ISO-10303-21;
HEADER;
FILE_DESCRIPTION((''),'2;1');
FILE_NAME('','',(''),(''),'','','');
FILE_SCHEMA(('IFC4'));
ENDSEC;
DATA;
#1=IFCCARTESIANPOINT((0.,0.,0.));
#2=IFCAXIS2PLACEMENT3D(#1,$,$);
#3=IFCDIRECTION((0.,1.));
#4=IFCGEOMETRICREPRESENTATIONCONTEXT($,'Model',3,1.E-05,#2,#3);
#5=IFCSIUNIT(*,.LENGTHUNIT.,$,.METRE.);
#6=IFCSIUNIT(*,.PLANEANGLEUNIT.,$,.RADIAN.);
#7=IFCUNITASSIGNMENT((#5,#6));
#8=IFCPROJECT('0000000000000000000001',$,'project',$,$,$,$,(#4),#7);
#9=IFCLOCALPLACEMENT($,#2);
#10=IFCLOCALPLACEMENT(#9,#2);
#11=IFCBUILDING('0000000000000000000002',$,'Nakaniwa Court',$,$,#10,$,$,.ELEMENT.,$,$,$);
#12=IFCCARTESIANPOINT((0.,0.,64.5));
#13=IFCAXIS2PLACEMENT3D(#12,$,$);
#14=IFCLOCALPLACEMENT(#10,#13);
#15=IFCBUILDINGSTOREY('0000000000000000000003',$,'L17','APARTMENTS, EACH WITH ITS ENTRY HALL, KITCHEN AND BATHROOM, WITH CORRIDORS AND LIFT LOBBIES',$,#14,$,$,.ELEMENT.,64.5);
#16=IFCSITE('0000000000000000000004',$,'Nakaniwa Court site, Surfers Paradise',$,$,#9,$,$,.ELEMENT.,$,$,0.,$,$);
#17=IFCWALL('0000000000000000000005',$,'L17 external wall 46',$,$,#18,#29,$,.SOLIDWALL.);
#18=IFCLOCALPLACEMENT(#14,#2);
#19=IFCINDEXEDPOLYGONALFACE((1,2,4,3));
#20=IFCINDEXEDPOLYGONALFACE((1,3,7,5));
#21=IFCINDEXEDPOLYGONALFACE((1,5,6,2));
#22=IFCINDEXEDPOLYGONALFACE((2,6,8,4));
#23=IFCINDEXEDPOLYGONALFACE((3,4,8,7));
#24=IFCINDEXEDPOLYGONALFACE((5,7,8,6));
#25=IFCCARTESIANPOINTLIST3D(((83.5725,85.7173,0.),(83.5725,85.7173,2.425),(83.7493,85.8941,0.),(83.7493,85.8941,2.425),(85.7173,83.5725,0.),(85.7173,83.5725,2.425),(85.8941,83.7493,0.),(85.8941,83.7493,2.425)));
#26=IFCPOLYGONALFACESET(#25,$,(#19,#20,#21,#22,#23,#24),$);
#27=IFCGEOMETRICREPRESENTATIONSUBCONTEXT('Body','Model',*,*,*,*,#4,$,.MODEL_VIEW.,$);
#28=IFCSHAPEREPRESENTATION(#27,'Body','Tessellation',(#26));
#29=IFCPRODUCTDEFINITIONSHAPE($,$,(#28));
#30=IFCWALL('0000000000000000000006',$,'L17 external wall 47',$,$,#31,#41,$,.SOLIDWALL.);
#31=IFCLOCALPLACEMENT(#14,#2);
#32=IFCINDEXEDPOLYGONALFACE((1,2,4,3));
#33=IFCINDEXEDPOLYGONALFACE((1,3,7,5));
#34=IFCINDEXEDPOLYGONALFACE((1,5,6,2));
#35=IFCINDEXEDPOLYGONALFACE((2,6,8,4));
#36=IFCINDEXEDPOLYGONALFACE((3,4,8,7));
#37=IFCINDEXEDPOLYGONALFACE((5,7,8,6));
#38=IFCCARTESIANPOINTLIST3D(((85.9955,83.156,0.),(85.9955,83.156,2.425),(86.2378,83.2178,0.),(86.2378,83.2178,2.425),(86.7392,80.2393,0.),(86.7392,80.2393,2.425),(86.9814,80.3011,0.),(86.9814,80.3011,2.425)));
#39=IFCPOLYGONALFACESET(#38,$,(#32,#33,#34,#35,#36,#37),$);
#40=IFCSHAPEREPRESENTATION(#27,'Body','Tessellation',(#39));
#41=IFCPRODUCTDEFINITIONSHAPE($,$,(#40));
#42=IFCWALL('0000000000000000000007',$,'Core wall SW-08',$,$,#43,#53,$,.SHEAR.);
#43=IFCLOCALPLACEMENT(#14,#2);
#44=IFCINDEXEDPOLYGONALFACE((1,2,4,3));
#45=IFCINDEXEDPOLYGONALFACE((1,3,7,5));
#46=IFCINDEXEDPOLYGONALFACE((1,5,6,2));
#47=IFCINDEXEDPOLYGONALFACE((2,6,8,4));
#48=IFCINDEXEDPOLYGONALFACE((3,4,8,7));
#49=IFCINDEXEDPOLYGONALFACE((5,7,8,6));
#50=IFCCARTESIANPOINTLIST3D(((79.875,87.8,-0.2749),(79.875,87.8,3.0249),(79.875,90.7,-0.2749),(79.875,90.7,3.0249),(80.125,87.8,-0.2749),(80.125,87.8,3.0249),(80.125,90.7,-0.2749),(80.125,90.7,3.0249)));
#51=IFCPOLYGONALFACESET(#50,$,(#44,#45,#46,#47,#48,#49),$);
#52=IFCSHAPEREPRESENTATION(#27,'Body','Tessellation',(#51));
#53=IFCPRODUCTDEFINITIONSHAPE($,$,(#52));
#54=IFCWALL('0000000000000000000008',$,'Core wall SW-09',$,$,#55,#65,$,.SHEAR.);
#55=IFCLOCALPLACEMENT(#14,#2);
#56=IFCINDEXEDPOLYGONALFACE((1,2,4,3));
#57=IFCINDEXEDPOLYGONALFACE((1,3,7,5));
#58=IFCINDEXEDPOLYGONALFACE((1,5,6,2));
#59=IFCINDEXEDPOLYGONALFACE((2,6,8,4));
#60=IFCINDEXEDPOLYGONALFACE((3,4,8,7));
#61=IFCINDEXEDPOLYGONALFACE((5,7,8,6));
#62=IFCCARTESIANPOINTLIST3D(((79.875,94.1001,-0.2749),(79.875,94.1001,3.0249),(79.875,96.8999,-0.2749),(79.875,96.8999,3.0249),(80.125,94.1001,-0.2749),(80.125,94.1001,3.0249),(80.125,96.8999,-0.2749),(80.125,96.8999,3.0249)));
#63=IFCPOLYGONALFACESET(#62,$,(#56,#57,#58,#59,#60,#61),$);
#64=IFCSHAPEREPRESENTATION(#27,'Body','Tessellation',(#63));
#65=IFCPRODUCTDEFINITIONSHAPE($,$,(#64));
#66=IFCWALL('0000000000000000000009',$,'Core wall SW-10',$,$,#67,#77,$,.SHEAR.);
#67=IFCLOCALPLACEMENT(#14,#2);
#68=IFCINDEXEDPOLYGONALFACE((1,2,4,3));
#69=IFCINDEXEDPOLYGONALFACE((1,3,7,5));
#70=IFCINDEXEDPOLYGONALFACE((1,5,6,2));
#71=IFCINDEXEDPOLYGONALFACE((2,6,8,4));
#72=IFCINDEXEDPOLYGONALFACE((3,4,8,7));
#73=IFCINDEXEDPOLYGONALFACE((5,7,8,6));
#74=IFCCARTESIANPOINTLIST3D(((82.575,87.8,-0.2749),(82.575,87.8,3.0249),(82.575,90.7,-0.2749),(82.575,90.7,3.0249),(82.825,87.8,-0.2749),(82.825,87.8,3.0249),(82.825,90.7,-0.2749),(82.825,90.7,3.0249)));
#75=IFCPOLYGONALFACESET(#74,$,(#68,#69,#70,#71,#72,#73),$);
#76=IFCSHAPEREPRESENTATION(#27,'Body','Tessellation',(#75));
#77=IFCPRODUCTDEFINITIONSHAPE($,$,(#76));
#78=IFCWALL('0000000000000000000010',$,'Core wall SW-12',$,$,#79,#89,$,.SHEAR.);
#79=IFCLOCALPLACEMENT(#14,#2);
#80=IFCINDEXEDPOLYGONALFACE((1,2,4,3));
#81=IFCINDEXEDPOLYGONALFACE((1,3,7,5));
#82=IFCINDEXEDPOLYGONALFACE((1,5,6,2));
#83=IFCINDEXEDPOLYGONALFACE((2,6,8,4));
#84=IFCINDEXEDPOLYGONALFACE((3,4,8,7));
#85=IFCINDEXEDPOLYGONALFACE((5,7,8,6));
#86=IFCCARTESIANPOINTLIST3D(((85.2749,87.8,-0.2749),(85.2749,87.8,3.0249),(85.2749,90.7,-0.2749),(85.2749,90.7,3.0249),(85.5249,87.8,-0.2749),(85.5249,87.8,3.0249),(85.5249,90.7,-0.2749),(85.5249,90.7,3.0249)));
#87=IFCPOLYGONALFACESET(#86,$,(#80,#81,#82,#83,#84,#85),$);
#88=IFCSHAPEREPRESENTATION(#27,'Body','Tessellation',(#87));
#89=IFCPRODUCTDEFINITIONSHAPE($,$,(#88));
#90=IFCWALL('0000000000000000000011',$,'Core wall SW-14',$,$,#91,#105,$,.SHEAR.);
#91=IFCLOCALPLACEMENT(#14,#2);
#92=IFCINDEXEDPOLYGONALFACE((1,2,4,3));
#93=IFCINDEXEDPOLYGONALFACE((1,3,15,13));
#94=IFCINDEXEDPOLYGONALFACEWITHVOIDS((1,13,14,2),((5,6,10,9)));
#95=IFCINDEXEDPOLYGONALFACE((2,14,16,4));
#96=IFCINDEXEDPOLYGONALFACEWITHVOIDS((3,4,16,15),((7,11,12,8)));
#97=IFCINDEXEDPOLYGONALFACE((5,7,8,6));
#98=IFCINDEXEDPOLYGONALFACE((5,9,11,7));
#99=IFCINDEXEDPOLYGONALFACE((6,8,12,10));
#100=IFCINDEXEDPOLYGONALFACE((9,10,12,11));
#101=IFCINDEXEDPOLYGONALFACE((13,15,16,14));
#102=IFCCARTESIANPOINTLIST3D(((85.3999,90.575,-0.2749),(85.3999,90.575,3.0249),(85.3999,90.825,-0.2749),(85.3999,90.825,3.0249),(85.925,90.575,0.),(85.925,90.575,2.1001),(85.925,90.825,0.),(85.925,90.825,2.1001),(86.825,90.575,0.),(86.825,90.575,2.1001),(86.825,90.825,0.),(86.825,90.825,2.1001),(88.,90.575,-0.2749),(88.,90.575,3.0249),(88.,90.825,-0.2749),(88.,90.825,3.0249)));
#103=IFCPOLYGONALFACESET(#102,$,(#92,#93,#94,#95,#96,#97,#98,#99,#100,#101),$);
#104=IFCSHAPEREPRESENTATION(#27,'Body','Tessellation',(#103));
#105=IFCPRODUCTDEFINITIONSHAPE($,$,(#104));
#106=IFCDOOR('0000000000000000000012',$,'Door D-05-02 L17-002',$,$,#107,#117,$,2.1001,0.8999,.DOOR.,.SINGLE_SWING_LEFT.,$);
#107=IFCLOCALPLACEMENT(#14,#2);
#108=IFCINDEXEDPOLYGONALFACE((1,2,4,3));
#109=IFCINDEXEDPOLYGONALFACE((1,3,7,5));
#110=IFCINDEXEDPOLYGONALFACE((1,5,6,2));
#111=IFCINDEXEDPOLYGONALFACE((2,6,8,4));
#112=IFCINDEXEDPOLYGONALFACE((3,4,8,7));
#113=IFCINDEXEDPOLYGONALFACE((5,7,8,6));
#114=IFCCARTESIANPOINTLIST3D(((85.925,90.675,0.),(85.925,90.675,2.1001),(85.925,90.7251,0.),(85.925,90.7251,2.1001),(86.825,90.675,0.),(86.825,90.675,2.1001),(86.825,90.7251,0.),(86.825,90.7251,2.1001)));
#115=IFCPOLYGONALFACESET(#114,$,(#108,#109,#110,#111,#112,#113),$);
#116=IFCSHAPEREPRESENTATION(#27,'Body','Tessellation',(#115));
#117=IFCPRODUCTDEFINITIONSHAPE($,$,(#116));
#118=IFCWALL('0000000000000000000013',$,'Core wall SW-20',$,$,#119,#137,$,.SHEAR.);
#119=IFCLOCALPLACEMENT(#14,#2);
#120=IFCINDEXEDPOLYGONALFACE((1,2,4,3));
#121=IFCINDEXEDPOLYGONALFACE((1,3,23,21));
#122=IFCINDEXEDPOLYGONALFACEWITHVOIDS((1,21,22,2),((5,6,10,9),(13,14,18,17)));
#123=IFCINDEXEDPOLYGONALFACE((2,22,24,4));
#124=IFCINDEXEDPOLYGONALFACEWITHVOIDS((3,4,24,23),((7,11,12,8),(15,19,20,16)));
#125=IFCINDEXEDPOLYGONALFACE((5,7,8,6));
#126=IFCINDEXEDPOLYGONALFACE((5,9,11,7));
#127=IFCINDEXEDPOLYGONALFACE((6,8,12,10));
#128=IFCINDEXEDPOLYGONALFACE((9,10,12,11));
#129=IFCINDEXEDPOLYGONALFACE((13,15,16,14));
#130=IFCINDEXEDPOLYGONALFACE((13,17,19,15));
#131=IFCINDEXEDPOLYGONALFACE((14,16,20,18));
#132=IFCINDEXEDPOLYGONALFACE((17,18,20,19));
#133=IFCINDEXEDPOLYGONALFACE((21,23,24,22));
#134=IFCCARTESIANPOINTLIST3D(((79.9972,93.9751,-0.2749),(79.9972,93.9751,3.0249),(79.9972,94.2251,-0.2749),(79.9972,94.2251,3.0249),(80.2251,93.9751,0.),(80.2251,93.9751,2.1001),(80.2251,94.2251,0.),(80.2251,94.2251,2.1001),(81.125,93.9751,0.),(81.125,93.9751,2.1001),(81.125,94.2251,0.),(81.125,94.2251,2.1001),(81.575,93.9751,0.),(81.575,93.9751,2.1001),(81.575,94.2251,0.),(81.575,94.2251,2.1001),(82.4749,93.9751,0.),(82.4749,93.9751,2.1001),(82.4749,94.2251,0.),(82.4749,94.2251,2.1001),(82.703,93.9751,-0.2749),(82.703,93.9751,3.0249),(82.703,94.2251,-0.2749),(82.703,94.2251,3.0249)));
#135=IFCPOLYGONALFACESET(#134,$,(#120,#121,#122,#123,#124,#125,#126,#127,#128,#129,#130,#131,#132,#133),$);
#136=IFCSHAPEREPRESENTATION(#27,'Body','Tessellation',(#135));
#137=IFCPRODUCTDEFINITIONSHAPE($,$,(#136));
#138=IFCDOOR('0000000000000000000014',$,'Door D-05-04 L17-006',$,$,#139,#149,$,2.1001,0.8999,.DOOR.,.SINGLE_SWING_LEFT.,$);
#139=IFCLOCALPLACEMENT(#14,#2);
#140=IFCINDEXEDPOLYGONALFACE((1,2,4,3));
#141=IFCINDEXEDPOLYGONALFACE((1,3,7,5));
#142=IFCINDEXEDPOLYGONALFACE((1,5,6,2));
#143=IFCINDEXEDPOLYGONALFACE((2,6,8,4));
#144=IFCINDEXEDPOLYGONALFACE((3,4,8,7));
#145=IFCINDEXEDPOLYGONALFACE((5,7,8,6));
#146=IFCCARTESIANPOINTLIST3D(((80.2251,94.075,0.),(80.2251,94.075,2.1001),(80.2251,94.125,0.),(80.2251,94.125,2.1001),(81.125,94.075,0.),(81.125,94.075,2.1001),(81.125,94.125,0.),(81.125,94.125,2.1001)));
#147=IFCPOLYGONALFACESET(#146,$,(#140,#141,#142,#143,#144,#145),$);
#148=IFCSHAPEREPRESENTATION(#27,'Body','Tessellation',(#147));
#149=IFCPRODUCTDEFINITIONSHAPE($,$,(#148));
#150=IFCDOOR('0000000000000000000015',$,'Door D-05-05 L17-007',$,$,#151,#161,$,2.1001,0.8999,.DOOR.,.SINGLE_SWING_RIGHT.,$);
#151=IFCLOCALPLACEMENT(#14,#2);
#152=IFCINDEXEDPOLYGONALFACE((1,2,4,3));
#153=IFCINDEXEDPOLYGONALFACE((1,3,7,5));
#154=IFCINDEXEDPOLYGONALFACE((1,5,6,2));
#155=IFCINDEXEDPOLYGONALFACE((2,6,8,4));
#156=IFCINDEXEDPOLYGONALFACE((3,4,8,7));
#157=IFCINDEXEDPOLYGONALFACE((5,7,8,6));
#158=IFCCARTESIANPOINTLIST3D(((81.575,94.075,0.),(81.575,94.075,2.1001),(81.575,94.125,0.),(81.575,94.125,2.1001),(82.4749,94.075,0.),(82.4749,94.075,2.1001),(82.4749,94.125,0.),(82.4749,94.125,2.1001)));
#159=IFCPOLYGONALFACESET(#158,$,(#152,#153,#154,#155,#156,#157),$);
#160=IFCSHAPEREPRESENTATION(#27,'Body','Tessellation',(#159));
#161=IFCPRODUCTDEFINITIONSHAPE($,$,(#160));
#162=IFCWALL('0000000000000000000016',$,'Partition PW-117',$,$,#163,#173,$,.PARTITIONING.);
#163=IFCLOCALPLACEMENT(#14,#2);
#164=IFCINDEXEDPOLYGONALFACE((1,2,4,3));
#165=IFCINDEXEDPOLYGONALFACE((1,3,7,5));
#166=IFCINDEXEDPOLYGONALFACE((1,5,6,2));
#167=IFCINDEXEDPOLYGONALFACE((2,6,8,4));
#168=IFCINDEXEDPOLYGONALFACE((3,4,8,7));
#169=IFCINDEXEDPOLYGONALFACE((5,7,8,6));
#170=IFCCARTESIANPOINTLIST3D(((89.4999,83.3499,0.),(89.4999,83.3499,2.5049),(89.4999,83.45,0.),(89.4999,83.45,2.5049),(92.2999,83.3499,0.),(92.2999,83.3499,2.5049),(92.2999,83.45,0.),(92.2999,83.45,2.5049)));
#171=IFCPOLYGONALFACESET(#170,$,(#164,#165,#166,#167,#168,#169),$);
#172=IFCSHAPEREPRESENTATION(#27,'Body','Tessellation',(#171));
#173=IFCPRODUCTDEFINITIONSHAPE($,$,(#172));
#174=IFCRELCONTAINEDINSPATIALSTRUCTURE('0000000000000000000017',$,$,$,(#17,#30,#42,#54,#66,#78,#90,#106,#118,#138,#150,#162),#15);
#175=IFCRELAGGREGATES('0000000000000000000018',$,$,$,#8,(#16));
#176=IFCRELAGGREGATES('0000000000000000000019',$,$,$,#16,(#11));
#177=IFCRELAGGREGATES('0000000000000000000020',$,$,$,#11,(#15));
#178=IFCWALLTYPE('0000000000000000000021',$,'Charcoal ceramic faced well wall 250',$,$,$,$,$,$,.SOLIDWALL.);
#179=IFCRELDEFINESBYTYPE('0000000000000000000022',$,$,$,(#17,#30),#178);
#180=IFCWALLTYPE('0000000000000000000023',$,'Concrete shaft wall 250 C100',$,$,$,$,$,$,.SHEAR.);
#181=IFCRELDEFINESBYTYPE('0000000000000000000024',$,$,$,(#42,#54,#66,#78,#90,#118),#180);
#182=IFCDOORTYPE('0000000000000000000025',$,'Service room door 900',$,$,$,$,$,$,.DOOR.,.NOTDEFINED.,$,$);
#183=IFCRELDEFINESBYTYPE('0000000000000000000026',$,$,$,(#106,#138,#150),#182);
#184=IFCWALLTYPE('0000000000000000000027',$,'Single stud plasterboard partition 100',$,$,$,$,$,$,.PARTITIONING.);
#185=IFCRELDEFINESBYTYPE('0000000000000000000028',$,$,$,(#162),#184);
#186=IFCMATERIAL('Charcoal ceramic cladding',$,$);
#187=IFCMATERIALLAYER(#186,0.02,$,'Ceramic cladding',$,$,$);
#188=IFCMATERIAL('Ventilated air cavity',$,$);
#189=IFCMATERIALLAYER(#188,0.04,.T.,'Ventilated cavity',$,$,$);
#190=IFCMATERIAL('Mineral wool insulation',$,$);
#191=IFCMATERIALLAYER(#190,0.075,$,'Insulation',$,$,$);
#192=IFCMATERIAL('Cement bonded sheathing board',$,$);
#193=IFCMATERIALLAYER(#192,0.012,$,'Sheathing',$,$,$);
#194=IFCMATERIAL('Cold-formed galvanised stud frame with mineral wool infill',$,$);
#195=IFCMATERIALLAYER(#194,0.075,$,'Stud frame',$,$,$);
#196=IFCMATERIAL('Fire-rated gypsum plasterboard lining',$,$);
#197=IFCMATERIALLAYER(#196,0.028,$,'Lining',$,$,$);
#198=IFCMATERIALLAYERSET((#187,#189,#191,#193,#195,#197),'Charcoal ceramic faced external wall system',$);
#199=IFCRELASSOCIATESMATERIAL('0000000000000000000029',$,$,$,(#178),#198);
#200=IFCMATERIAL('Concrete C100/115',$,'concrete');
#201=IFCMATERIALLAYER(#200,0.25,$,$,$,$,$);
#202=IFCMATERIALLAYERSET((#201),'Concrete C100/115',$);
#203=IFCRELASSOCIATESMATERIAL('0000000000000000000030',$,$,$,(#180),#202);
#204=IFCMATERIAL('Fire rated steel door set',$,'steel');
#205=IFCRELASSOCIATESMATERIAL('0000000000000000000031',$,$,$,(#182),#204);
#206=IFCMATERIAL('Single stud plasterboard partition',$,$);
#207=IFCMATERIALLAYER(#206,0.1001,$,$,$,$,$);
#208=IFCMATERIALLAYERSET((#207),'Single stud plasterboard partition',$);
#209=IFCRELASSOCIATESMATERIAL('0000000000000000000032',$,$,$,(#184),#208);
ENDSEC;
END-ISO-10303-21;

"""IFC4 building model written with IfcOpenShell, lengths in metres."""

from ifc_helpers import new_model, si_unit, direction, frame, frame_2d, origin, place, context, subcontext, project, spatial, rectangle, extrude, material, layer, layer_set, type_object, element, fill, save


model = new_model("IFC4")

# Units and contexts
model_context = context("Model", 3, precision=1e-05, world=origin(), true_north=direction((0.0, 1.0)))
body_context = subcontext(model_context, "Body", "Model", "MODEL_VIEW")
ifc_project = project(units=[si_unit("LENGTHUNIT", "METRE"), si_unit("PLANEANGLEUNIT", "RADIAN")], contexts=[model_context])

# Site, building, storey
site_placement = place(None, origin())
site = spatial("IfcSite", under=ifc_project, at=site_placement, Name="Nakaniwa Court site, Surfers Paradise", CompositionType="ELEMENT", RefElevation=0.0)
building_placement = place(site_placement, origin())
building = spatial("IfcBuilding", under=site, at=building_placement, Name="Nakaniwa Court", CompositionType="ELEMENT")
storey_placement = place(building_placement, frame((0.0, 0.0, 64.5)))
storey = spatial("IfcBuildingStorey", under=building, at=storey_placement, Name="L17", Description="APARTMENTS, EACH WITH ITS ENTRY HALL, KITCHEN AND BATHROOM, WITH CORRIDORS AND LIFT LOBBIES", CompositionType="ELEMENT", Elevation=64.5)

# Shared definitions
ifc_material_1 = material(Name="Concrete C100/115", Category="concrete")

# Walls
ifc_material_2 = material(Name="Charcoal ceramic cladding")
ifc_layer_1 = layer(ifc_material_2, 0.02, Name="Ceramic cladding")
ifc_material_3 = material(Name="Ventilated air cavity")
ifc_layer_2 = layer(ifc_material_3, 0.04, ventilated=True, Name="Ventilated cavity")
ifc_material_4 = material(Name="Mineral wool insulation")
ifc_layer_3 = layer(ifc_material_4, 0.075, Name="Insulation")
ifc_material_5 = material(Name="Cement bonded sheathing board")
ifc_layer_4 = layer(ifc_material_5, 0.012, Name="Sheathing")
ifc_material_6 = material(Name="Cold-formed galvanised stud frame with mineral wool infill")
ifc_layer_5 = layer(ifc_material_6, 0.075, Name="Stud frame")
ifc_material_7 = material(Name="Fire-rated gypsum plasterboard lining")
ifc_layer_6 = layer(ifc_material_7, 0.028, Name="Lining")
ifc_layer_set_1 = layer_set([ifc_layer_1, ifc_layer_2, ifc_layer_3, ifc_layer_4, ifc_layer_5, ifc_layer_6], Name="Charcoal ceramic faced external wall system")
wall_type_1 = type_object("IfcWallType", Name="Charcoal ceramic faced well wall 250", PredefinedType="SOLIDWALL", material=ifc_layer_set_1)
wall_1_placement = place(storey_placement, frame((83.6609, 85.8057, 0.0), z_axis=(0.0, 0.0, 1.0), x_axis=(0.707107, -0.707107, 0.0)))
element("IfcWall", 1, at=wall_1_placement, inside=storey, type_object=wall_type_1, Name="L17 external wall 46", PredefinedType="SOLIDWALL", context=body_context, shape_type="SweptSolid", body=[
    extrude(rectangle(XDim=3.0332, YDim=0.25, at=frame_2d((1.5166, 0.0))), origin(), (0.0, 0.0, 1.0), 2.425),
])
wall_2_placement = place(storey_placement, frame((86.1167, 83.1868, 0.0), z_axis=(0.0, 0.0, 1.0), x_axis=(0.247056, -0.969001, 0.0)))
element("IfcWall", 2, at=wall_2_placement, inside=storey, type_object=wall_type_1, Name="L17 external wall 47", PredefinedType="SOLIDWALL", context=body_context, shape_type="SweptSolid", body=[
    extrude(rectangle(XDim=3.01, YDim=0.25, at=frame_2d((1.5049, 0.0))), origin(), (0.0, 0.0, 1.0), 2.425),
])
ifc_layer_7 = layer(ifc_material_1, 0.25)
ifc_layer_set_2 = layer_set([ifc_layer_7], Name="Concrete C100/115")
wall_type_2 = type_object("IfcWallType", Name="Concrete shaft wall 250 C100", PredefinedType="SHEAR", material=ifc_layer_set_2)
wall_3_placement = place(storey_placement, frame((80.0, 87.8, -0.2749), z_axis=(0.0, 0.0, 1.0), x_axis=(0.0, 1.0, 0.0)))
element("IfcWall", 3, at=wall_3_placement, inside=storey, type_object=wall_type_2, Name="Core wall SW-08", PredefinedType="SHEAR", context=body_context, shape_type="SweptSolid", body=[
    extrude(rectangle(XDim=2.8999, YDim=0.25, at=frame_2d((1.45, 0.0))), origin(), (0.0, 0.0, 1.0), 3.2998),
])
wall_4_placement = place(storey_placement, frame((80.0, 94.1001, -0.2749), z_axis=(0.0, 0.0, 1.0), x_axis=(0.0, 1.0, 0.0)))
element("IfcWall", 4, at=wall_4_placement, inside=storey, type_object=wall_type_2, Name="Core wall SW-09", PredefinedType="SHEAR", context=body_context, shape_type="SweptSolid", body=[
    extrude(rectangle(XDim=2.7998, YDim=0.25, at=frame_2d((1.3999, 0.0))), origin(), (0.0, 0.0, 1.0), 3.2998),
])
for number, where, z_axis, x_axis, name in (
    (5, (82.7, 87.8, -0.2749), (0.0, 0.0, 1.0), (0.0, 1.0, 0.0), "Core wall SW-10"),
    (6, (85.3999, 87.8, -0.2749), (0.0, 0.0, 1.0), (0.0, 1.0, 0.0), "Core wall SW-12"),
):
    element("IfcWall", number, at=place(storey_placement, frame(where, z_axis=z_axis, x_axis=x_axis)), inside=storey, type_object=wall_type_2, Name=name, PredefinedType="SHEAR", context=body_context, shape_type="SweptSolid", body=[
        extrude(rectangle(XDim=2.8999, YDim=0.25, at=frame_2d((1.45, 0.0))), origin(), (0.0, 0.0, 1.0), 3.2998),
    ])

# Wall, opening, door
wall_5_placement = place(storey_placement, frame((88.0, 90.7, -0.2749), z_axis=(0.0, 0.0, 1.0), x_axis=(-1.0, 0.0, 0.0)))
wall_5 = element("IfcWall", 7, at=wall_5_placement, inside=storey, type_object=wall_type_2, Name="Core wall SW-14", PredefinedType="SHEAR", context=body_context, shape_type="SweptSolid", body=[
    extrude(rectangle(XDim=2.6001, YDim=0.25, at=frame_2d((1.3, 0.0))), origin(), (0.0, 0.0, 1.0), 3.2998),
])
opening_1_placement = place(wall_5_placement, frame((1.175, 0.0, 0.2749)))
opening_1 = element("IfcOpeningElement", 8, at=opening_1_placement, cuts=wall_5, PredefinedType="OPENING", context=body_context, shape_type="SweptSolid", body=[
    extrude(rectangle(XDim=0.8999, YDim=2.1001, at=frame_2d((0.45, 1.05))), frame((0.0, 0.135, 0.0), z_axis=(0.0, -1.0, 0.0), x_axis=(1.0, 0.0, 0.0)), (0.0, 0.0, 1.0), 0.27),
])
ifc_material_8 = material(Name="Fire rated steel door set", Category="steel")
door_type_1 = type_object("IfcDoorType", Name="Service room door 900", OperationType="NOTDEFINED", PredefinedType="DOOR", material=ifc_material_8)
door_1_placement = place(opening_1_placement, origin())
door_1 = element("IfcDoor", 9, at=door_1_placement, inside=storey, type_object=door_type_1, Name="Door D-05-02 L17-002", OperationType="SINGLE_SWING_LEFT", OverallHeight=2.1001, OverallWidth=0.8999, PredefinedType="DOOR", context=body_context, shape_type="SweptSolid", body=[
    extrude(rectangle(XDim=0.8999, YDim=2.1001, at=frame_2d((0.45, 1.05))), frame((0.0, 0.0249, 0.0), z_axis=(0.0, -1.0, 0.0), x_axis=(1.0, 0.0, 0.0)), (0.0, 0.0, 1.0), 0.05),
])
fill(opening_1, door_1)

# Wall, openings, doors
wall_6_placement = place(storey_placement, frame((79.9971, 94.1001, -0.2749), z_axis=(0.0, 0.0, 1.0), x_axis=(1.0, 0.0, 0.0)))
wall_6 = element("IfcWall", 10, at=wall_6_placement, inside=storey, type_object=wall_type_2, Name="Core wall SW-20", PredefinedType="SHEAR", context=body_context, shape_type="SweptSolid", body=[
    extrude(rectangle(XDim=2.7058, YDim=0.25, at=frame_2d((1.353, 0.0))), origin(), (0.0, 0.0, 1.0), 3.2998),
])
opening_2_placement = place(wall_6_placement, frame((0.228, 0.0, 0.2749)))
opening_2 = element("IfcOpeningElement", 11, at=opening_2_placement, cuts=wall_6, PredefinedType="OPENING", context=body_context, shape_type="SweptSolid", body=[
    extrude(rectangle(XDim=0.8999, YDim=2.1001, at=frame_2d((0.45, 1.05))), frame((0.0, 0.135, 0.0), z_axis=(0.0, -1.0, 0.0), x_axis=(1.0, 0.0, 0.0)), (0.0, 0.0, 1.0), 0.27),
])
opening_3_placement = place(wall_6_placement, frame((1.5779, 0.0, 0.2749)))
opening_3 = element("IfcOpeningElement", 12, at=opening_3_placement, cuts=wall_6, PredefinedType="OPENING", context=body_context, shape_type="SweptSolid", body=[
    extrude(rectangle(XDim=0.8999, YDim=2.1001, at=frame_2d((0.45, 1.05))), frame((0.0, 0.135, 0.0), z_axis=(0.0, -1.0, 0.0), x_axis=(1.0, 0.0, 0.0)), (0.0, 0.0, 1.0), 0.27),
])
door_2_placement = place(opening_2_placement, origin())
door_2 = element("IfcDoor", 13, at=door_2_placement, inside=storey, type_object=door_type_1, Name="Door D-05-04 L17-006", OperationType="SINGLE_SWING_LEFT", OverallHeight=2.1001, OverallWidth=0.8999, PredefinedType="DOOR", context=body_context, shape_type="SweptSolid", body=[
    extrude(rectangle(XDim=0.8999, YDim=2.1001, at=frame_2d((0.45, 1.05))), frame((0.0, 0.0249, 0.0), z_axis=(0.0, -1.0, 0.0), x_axis=(1.0, 0.0, 0.0)), (0.0, 0.0, 1.0), 0.05),
])
fill(opening_2, door_2)
door_3_placement = place(opening_3_placement, origin())
door_3 = element("IfcDoor", 14, at=door_3_placement, inside=storey, type_object=door_type_1, Name="Door D-05-05 L17-007", OperationType="SINGLE_SWING_RIGHT", OverallHeight=2.1001, OverallWidth=0.8999, PredefinedType="DOOR", context=body_context, shape_type="SweptSolid", body=[
    extrude(rectangle(XDim=0.8999, YDim=2.1001, at=frame_2d((0.45, 1.05))), frame((0.0, 0.0249, 0.0), z_axis=(0.0, -1.0, 0.0), x_axis=(1.0, 0.0, 0.0)), (0.0, 0.0, 1.0), 0.05),
])
fill(opening_3, door_3)

# Wall
ifc_material_9 = material(Name="Single stud plasterboard partition")
ifc_layer_8 = layer(ifc_material_9, 0.1001)
ifc_layer_set_3 = layer_set([ifc_layer_8], Name="Single stud plasterboard partition")
wall_type_3 = type_object("IfcWallType", Name="Single stud plasterboard partition 100", PredefinedType="PARTITIONING", material=ifc_layer_set_3)
wall_7_placement = place(storey_placement, frame((89.5, 83.3999, 0.0), z_axis=(0.0, 0.0, 1.0), x_axis=(1.0, 0.0, 0.0)))
element("IfcWall", 15, at=wall_7_placement, inside=storey, type_object=wall_type_3, Name="Partition PW-117", PredefinedType="PARTITIONING", context=body_context, shape_type="SweptSolid", body=[
    extrude(rectangle(XDim=2.8, YDim=0.1001, at=frame_2d((1.3999, 0.0))), origin(), (0.0, 0.0, 1.0), 2.5049),
])

save(model, "model.ifc")
